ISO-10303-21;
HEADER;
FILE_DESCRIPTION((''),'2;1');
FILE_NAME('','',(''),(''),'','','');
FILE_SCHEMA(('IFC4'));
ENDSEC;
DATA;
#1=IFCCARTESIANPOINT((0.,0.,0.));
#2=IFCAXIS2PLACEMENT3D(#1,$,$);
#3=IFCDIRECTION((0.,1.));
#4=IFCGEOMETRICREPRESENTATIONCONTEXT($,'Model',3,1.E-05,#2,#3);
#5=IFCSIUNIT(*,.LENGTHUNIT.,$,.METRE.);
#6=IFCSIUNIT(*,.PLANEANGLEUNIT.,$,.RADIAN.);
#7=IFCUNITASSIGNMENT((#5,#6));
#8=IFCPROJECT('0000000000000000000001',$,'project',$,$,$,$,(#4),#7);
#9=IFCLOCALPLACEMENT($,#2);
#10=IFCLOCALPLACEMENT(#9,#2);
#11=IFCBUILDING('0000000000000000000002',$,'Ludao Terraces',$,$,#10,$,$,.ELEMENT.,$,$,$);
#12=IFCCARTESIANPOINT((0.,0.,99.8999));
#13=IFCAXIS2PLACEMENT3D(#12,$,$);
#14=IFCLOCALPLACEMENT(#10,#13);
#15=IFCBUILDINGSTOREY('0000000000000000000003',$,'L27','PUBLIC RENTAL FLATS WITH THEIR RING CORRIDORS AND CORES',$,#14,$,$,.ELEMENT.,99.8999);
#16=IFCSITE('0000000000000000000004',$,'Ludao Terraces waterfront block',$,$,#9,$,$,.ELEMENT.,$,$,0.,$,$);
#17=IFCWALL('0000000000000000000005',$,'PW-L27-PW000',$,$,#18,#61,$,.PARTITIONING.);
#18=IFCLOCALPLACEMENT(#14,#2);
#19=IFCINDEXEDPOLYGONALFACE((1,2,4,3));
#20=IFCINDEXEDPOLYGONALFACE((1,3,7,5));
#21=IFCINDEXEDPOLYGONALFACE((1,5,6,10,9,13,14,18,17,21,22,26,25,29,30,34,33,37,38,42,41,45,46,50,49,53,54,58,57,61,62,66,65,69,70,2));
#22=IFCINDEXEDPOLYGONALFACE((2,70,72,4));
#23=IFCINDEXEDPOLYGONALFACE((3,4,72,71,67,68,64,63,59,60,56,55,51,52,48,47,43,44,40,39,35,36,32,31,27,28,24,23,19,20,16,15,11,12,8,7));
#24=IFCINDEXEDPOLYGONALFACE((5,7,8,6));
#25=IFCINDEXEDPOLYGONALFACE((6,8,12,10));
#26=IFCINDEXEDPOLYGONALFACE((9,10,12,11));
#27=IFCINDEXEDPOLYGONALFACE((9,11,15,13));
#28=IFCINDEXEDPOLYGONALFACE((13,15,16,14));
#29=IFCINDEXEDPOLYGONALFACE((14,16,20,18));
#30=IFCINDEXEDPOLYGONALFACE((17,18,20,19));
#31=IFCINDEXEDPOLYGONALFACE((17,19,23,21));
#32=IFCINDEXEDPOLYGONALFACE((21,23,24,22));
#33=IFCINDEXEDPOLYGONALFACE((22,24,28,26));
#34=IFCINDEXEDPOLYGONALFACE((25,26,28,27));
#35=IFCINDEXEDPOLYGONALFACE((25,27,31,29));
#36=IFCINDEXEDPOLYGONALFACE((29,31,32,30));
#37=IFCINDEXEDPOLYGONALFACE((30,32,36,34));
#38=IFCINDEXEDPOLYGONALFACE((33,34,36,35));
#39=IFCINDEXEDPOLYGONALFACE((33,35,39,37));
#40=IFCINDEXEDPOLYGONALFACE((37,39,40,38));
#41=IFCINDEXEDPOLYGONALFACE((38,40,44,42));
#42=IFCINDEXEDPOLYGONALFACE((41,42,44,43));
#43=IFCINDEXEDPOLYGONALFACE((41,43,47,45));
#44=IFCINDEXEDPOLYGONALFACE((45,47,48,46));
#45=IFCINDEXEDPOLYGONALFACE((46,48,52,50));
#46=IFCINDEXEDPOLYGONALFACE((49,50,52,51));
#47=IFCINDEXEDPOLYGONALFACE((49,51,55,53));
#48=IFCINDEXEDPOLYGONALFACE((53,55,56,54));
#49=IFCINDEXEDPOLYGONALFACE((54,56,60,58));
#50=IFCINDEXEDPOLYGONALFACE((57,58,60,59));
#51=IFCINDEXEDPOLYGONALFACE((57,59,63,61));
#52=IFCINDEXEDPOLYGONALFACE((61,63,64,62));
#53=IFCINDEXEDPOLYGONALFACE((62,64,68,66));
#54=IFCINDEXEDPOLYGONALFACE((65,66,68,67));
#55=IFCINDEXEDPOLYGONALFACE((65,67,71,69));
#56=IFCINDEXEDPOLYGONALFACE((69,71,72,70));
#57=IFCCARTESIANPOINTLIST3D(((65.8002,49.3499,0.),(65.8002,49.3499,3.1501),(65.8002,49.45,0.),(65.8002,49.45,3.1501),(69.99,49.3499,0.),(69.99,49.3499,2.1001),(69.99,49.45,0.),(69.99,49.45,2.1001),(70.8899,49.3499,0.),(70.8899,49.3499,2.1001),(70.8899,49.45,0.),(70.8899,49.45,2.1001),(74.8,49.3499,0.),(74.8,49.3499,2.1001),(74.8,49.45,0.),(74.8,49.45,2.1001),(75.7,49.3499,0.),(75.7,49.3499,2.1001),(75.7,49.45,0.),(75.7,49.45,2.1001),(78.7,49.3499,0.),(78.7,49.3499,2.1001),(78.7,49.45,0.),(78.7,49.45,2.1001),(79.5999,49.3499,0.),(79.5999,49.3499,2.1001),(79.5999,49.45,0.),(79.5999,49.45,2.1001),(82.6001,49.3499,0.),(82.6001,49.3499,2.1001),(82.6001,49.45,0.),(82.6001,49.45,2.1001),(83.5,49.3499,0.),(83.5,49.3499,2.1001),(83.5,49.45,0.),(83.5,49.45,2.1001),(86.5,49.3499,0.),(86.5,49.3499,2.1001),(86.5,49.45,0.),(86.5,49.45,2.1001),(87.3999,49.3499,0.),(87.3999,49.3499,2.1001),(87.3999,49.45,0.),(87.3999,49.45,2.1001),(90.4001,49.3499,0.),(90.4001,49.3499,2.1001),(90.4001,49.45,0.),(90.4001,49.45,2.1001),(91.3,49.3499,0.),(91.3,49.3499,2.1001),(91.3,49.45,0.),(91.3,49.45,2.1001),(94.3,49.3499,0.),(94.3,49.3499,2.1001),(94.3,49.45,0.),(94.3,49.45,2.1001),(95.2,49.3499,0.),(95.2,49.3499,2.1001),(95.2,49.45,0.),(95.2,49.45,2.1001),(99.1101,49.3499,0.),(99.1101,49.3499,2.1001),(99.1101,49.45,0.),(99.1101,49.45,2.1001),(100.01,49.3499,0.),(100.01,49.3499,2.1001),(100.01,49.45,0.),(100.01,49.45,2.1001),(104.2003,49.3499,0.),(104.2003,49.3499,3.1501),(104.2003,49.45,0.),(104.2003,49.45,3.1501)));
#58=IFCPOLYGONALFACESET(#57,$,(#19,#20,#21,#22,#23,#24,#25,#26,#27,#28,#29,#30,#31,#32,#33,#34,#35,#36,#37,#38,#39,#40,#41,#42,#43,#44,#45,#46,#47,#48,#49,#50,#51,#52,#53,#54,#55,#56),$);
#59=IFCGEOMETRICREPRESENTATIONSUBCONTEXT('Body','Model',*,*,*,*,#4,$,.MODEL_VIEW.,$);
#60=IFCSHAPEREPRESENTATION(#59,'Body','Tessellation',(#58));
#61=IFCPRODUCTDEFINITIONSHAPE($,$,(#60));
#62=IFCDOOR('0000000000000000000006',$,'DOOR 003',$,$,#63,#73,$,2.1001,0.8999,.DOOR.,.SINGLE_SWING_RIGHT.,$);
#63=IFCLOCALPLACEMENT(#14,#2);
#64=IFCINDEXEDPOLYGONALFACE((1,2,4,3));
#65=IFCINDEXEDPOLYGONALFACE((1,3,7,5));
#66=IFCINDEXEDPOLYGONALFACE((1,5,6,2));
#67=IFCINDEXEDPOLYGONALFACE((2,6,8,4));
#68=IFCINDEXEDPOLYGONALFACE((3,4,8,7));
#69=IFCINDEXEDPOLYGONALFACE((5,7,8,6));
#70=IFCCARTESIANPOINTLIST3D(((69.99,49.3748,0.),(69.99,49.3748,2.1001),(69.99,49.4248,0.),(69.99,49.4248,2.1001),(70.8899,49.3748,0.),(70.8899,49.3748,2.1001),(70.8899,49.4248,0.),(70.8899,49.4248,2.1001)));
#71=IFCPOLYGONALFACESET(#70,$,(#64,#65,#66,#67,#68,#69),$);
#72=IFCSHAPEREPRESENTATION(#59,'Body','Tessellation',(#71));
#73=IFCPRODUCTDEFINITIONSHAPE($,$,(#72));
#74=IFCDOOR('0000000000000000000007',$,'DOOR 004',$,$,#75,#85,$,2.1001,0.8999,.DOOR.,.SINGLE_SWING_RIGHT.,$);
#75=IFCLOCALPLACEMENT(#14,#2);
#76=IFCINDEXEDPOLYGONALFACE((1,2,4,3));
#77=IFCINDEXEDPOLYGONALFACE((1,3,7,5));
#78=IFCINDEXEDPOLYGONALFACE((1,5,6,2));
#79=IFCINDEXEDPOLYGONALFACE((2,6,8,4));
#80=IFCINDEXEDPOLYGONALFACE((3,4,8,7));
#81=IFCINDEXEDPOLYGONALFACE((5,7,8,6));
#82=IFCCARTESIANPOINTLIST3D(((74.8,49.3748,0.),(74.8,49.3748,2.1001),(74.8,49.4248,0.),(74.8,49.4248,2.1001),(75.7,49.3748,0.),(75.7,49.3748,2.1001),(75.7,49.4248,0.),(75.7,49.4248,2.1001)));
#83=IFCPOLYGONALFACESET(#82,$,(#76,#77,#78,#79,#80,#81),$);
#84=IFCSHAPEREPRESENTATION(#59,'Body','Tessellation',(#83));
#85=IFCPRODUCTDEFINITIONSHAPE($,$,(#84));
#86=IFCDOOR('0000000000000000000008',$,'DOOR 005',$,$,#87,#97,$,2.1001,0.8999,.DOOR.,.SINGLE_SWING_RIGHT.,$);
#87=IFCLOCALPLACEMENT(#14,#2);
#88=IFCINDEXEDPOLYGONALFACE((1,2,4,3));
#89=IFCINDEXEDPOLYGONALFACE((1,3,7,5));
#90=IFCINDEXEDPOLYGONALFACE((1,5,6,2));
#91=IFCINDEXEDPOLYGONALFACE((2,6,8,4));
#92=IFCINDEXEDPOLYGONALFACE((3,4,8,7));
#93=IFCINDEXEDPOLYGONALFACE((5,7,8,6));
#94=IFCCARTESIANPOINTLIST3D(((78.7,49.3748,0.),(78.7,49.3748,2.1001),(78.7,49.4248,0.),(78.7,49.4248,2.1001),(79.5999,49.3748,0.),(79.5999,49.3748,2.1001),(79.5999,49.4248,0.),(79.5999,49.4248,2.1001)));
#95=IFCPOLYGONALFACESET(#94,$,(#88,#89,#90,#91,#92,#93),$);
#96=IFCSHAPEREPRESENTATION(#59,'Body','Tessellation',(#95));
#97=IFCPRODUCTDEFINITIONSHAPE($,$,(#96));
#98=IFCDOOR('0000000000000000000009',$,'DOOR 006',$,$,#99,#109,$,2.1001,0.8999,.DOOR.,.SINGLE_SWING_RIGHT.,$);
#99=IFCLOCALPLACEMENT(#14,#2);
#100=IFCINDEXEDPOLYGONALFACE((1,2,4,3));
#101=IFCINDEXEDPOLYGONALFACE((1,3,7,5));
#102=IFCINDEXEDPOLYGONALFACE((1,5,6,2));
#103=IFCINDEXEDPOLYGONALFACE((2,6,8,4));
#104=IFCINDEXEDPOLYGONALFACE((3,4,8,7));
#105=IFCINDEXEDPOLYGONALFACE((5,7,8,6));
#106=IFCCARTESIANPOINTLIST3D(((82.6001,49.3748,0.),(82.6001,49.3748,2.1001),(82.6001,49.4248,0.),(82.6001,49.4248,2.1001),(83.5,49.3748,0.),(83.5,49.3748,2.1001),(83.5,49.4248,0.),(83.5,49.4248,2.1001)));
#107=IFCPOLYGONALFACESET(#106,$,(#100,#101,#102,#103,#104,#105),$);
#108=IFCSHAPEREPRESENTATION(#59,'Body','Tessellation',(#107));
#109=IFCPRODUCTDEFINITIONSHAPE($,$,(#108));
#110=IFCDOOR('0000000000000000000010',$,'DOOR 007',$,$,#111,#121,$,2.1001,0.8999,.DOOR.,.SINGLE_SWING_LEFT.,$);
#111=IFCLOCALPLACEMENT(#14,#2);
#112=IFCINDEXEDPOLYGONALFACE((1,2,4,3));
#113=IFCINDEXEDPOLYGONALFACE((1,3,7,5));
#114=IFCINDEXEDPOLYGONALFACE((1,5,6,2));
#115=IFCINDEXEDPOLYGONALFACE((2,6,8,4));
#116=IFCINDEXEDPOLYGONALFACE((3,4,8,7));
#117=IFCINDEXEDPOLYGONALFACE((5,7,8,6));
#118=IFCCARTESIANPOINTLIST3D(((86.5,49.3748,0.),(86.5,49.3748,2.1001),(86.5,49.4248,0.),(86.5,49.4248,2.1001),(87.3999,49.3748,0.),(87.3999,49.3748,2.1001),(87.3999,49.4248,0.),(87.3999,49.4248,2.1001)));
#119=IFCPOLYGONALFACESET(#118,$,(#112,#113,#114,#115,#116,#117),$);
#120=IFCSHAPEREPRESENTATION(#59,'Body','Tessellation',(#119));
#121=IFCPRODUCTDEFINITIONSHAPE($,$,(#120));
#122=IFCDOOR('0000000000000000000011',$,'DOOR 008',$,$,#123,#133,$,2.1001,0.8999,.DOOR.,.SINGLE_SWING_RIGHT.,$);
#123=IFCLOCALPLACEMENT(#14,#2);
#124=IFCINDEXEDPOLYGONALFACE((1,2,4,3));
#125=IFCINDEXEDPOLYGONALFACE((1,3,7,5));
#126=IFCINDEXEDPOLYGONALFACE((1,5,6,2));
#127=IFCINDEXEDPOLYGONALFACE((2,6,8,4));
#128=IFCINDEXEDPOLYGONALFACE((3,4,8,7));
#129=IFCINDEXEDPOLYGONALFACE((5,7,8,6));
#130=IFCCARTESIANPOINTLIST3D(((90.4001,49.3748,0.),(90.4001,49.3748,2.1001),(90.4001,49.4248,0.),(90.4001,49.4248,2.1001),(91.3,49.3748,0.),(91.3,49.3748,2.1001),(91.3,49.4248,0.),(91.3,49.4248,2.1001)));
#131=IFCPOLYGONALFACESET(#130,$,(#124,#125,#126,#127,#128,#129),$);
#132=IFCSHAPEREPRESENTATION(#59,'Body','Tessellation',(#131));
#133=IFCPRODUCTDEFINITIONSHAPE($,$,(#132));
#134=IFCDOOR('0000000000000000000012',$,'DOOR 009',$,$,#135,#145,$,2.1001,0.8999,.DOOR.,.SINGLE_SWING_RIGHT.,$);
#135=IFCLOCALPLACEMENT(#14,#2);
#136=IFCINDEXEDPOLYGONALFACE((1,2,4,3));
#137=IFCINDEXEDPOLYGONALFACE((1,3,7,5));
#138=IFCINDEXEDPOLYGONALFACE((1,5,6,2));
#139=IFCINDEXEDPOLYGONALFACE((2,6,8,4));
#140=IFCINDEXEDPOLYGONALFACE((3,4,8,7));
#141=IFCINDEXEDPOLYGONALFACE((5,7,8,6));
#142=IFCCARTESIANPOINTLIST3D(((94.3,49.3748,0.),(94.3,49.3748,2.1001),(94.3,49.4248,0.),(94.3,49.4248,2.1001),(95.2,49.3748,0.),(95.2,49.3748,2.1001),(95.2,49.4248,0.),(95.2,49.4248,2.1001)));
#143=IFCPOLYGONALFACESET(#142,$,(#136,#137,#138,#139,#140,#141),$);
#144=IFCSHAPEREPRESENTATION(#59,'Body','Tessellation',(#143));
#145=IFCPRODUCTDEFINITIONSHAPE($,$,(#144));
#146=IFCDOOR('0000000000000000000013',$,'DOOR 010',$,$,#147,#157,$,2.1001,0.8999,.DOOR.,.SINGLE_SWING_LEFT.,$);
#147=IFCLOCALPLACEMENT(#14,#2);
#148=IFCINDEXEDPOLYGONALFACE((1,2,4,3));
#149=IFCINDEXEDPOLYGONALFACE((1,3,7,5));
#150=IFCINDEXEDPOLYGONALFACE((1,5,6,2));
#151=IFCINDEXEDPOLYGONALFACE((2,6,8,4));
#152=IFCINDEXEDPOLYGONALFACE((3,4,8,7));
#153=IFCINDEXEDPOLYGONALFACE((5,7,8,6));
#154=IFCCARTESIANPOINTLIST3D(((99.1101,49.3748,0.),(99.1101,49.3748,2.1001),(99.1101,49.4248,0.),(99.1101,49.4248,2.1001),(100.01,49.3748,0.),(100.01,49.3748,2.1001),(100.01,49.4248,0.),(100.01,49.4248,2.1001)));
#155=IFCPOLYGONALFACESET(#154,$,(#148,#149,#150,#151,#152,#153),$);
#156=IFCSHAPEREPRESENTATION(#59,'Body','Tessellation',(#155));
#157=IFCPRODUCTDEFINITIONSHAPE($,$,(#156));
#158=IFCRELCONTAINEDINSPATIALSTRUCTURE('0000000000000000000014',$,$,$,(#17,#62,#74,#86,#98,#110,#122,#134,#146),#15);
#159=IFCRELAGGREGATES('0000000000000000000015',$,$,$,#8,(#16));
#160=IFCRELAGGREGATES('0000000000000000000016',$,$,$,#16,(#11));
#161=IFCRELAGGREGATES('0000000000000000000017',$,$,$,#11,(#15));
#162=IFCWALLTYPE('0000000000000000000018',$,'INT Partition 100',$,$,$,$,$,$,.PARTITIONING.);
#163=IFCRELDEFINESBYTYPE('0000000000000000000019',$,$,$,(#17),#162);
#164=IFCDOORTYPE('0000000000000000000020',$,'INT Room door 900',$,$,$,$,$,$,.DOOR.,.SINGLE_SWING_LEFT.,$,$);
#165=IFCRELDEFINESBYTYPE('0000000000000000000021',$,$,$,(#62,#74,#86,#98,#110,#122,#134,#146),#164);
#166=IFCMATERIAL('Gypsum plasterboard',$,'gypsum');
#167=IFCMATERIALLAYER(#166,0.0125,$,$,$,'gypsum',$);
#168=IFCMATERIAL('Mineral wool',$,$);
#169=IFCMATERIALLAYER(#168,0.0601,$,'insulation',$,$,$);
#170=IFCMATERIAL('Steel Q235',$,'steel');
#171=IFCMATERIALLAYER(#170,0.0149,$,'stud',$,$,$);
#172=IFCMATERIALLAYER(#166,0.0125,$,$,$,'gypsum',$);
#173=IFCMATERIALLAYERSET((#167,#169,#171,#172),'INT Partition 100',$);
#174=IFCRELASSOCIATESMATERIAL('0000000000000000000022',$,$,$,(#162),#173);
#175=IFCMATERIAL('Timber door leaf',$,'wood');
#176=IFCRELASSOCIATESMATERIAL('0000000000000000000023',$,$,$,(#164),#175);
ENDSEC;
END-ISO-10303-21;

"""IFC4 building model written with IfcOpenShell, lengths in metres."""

from ifc_helpers import new_model, si_unit, direction, frame, frame_2d, origin, place, context, subcontext, project, spatial, rectangle, extrude, material, layer, layer_set, type_object, element, fill, save


model = new_model("IFC4")

# Units and contexts
model_context = context("Model", 3, precision=1e-05, world=origin(), true_north=direction((0.0, 1.0)))
body_context = subcontext(model_context, "Body", "Model", "MODEL_VIEW")
ifc_project = project(units=[si_unit("LENGTHUNIT", "METRE"), si_unit("PLANEANGLEUNIT", "RADIAN")], contexts=[model_context])

# Site, building, storey
site_placement = place(None, origin())
site = spatial("IfcSite", under=ifc_project, at=site_placement, Name="Ludao Terraces waterfront block", CompositionType="ELEMENT", RefElevation=0.0)
building_placement = place(site_placement, origin())
building = spatial("IfcBuilding", under=site, at=building_placement, Name="Ludao Terraces", CompositionType="ELEMENT")
storey_placement = place(building_placement, frame((0.0, 0.0, 99.8999)))
storey = spatial("IfcBuildingStorey", under=building, at=storey_placement, Name="L27", Description="PUBLIC RENTAL FLATS WITH THEIR RING CORRIDORS AND CORES", CompositionType="ELEMENT", Elevation=99.8999)

# Shared definitions
ifc_material_1 = material(Name="Mineral wool")

# Wall, openings, doors
ifc_material_2 = material(Name="Gypsum plasterboard", Category="gypsum")
ifc_layer_1 = layer(ifc_material_2, 0.0125, Category="gypsum")
ifc_layer_2 = layer(ifc_material_1, 0.0601, Name="insulation")
ifc_material_3 = material(Name="Steel Q235", Category="steel")
ifc_layer_3 = layer(ifc_material_3, 0.0149, Name="stud")
ifc_layer_4 = layer(ifc_material_2, 0.0125, Category="gypsum")
ifc_layer_set_1 = layer_set([ifc_layer_1, ifc_layer_2, ifc_layer_3, ifc_layer_4], Name="INT Partition 100")
wall_type_1 = type_object("IfcWallType", Name="INT Partition 100", PredefinedType="PARTITIONING", material=ifc_layer_set_1)
wall_1_placement = place(storey_placement, frame((65.8, 49.3999, 0.0), z_axis=(0.0, 0.0, 1.0), x_axis=(1.0, 0.0, 0.0)))
wall_1 = element("IfcWall", 1, at=wall_1_placement, inside=storey, type_object=wall_type_1, Name="PW-L27-PW000", PredefinedType="PARTITIONING", context=body_context, shape_type="SweptSolid", body=[
    extrude(rectangle(XDim=38.4001, YDim=0.1001, at=frame_2d((19.2002, 0.0))), origin(), (0.0, 0.0, 1.0), 3.1501),
])
opening_1_placement = place(wall_1_placement, frame((4.1899, 0.0, 0.0)))
opening_1 = element("IfcOpeningElement", 2, at=opening_1_placement, cuts=wall_1, PredefinedType="OPENING", context=body_context, shape_type="SweptSolid", body=[
    extrude(rectangle(XDim=0.8999, YDim=2.1001, at=frame_2d((0.45, 1.05))), frame((0.0, 0.0601, 0.0), z_axis=(0.0, -1.0, 0.0), x_axis=(1.0, 0.0, 0.0)), (0.0, 0.0, 1.0), 0.1201),
])
opening_2_placement = place(wall_1_placement, frame((9.0, 0.0, 0.0)))
opening_2 = element("IfcOpeningElement", 3, at=opening_2_placement, cuts=wall_1, PredefinedType="OPENING", context=body_context, shape_type="SweptSolid", body=[
    extrude(rectangle(XDim=0.8999, YDim=2.1001, at=frame_2d((0.45, 1.05))), frame((0.0, 0.0601, 0.0), z_axis=(0.0, -1.0, 0.0), x_axis=(1.0, 0.0, 0.0)), (0.0, 0.0, 1.0), 0.1201),
])
opening_3_placement = place(wall_1_placement, frame((12.8999, 0.0, 0.0)))
opening_3 = element("IfcOpeningElement", 4, at=opening_3_placement, cuts=wall_1, PredefinedType="OPENING", context=body_context, shape_type="SweptSolid", body=[
    extrude(rectangle(XDim=0.8999, YDim=2.1001, at=frame_2d((0.45, 1.05))), frame((0.0, 0.0601, 0.0), z_axis=(0.0, -1.0, 0.0), x_axis=(1.0, 0.0, 0.0)), (0.0, 0.0, 1.0), 0.1201),
])
opening_4_placement = place(wall_1_placement, frame((16.8, 0.0, 0.0)))
opening_4 = element("IfcOpeningElement", 5, at=opening_4_placement, cuts=wall_1, PredefinedType="OPENING", context=body_context, shape_type="SweptSolid", body=[
    extrude(rectangle(XDim=0.8999, YDim=2.1001, at=frame_2d((0.45, 1.05))), frame((0.0, 0.0601, 0.0), z_axis=(0.0, -1.0, 0.0), x_axis=(1.0, 0.0, 0.0)), (0.0, 0.0, 1.0), 0.1201),
])
opening_5_placement = place(wall_1_placement, frame((20.7, 0.0, 0.0)))
opening_5 = element("IfcOpeningElement", 6, at=opening_5_placement, cuts=wall_1, PredefinedType="OPENING", context=body_context, shape_type="SweptSolid", body=[
    extrude(rectangle(XDim=0.8999, YDim=2.1001, at=frame_2d((0.45, 1.05))), frame((0.0, 0.0601, 0.0), z_axis=(0.0, -1.0, 0.0), x_axis=(1.0, 0.0, 0.0)), (0.0, 0.0, 1.0), 0.1201),
])
opening_6_placement = place(wall_1_placement, frame((24.6001, 0.0, 0.0)))
opening_6 = element("IfcOpeningElement", 7, at=opening_6_placement, cuts=wall_1, PredefinedType="OPENING", context=body_context, shape_type="SweptSolid", body=[
    extrude(rectangle(XDim=0.8999, YDim=2.1001, at=frame_2d((0.45, 1.05))), frame((0.0, 0.0601, 0.0), z_axis=(0.0, -1.0, 0.0), x_axis=(1.0, 0.0, 0.0)), (0.0, 0.0, 1.0), 0.1201),
])
opening_7_placement = place(wall_1_placement, frame((28.5, 0.0, 0.0)))
opening_7 = element("IfcOpeningElement", 8, at=opening_7_placement, cuts=wall_1, PredefinedType="OPENING", context=body_context, shape_type="SweptSolid", body=[
    extrude(rectangle(XDim=0.8999, YDim=2.1001, at=frame_2d((0.45, 1.05))), frame((0.0, 0.0601, 0.0), z_axis=(0.0, -1.0, 0.0), x_axis=(1.0, 0.0, 0.0)), (0.0, 0.0, 1.0), 0.1201),
])
opening_8_placement = place(wall_1_placement, frame((33.3101, 0.0, 0.0)))
opening_8 = element("IfcOpeningElement", 9, at=opening_8_placement, cuts=wall_1, PredefinedType="OPENING", context=body_context, shape_type="SweptSolid", body=[
    extrude(rectangle(XDim=0.8999, YDim=2.1001, at=frame_2d((0.45, 1.05))), frame((0.0, 0.0601, 0.0), z_axis=(0.0, -1.0, 0.0), x_axis=(1.0, 0.0, 0.0)), (0.0, 0.0, 1.0), 0.1201),
])
ifc_material_4 = material(Name="Timber door leaf", Category="wood")
door_type_1 = type_object("IfcDoorType", Name="INT Room door 900", OperationType="SINGLE_SWING_LEFT", PredefinedType="DOOR", material=ifc_material_4)
door_1_placement = place(opening_1_placement, origin())
door_1 = element("IfcDoor", 10, at=door_1_placement, inside=storey, type_object=door_type_1, Name="DOOR 003", OperationType="SINGLE_SWING_RIGHT", OverallHeight=2.1001, OverallWidth=0.8999, PredefinedType="DOOR", context=body_context, shape_type="SweptSolid", body=[
    extrude(rectangle(XDim=0.8999, YDim=2.1001, at=frame_2d((0.45, 1.05))), frame((0.0, 0.0249, 0.0), z_axis=(0.0, -1.0, 0.0), x_axis=(1.0, 0.0, 0.0)), (0.0, 0.0, 1.0), 0.05),
])
fill(opening_1, door_1)
door_2_placement = place(opening_2_placement, origin())
door_2 = element("IfcDoor", 11, at=door_2_placement, inside=storey, type_object=door_type_1, Name="DOOR 004", OperationType="SINGLE_SWING_RIGHT", OverallHeight=2.1001, OverallWidth=0.8999, PredefinedType="DOOR", context=body_context, shape_type="SweptSolid", body=[
    extrude(rectangle(XDim=0.8999, YDim=2.1001, at=frame_2d((0.45, 1.05))), frame((0.0, 0.0249, 0.0), z_axis=(0.0, -1.0, 0.0), x_axis=(1.0, 0.0, 0.0)), (0.0, 0.0, 1.0), 0.05),
])
fill(opening_2, door_2)
door_3_placement = place(opening_3_placement, origin())
door_3 = element("IfcDoor", 12, at=door_3_placement, inside=storey, type_object=door_type_1, Name="DOOR 005", OperationType="SINGLE_SWING_RIGHT", OverallHeight=2.1001, OverallWidth=0.8999, PredefinedType="DOOR", context=body_context, shape_type="SweptSolid", body=[
    extrude(rectangle(XDim=0.8999, YDim=2.1001, at=frame_2d((0.45, 1.05))), frame((0.0, 0.0249, 0.0), z_axis=(0.0, -1.0, 0.0), x_axis=(1.0, 0.0, 0.0)), (0.0, 0.0, 1.0), 0.05),
])
fill(opening_3, door_3)
door_4_placement = place(opening_4_placement, origin())
door_4 = element("IfcDoor", 13, at=door_4_placement, inside=storey, type_object=door_type_1, Name="DOOR 006", OperationType="SINGLE_SWING_RIGHT", OverallHeight=2.1001, OverallWidth=0.8999, PredefinedType="DOOR", context=body_context, shape_type="SweptSolid", body=[
    extrude(rectangle(XDim=0.8999, YDim=2.1001, at=frame_2d((0.45, 1.05))), frame((0.0, 0.0249, 0.0), z_axis=(0.0, -1.0, 0.0), x_axis=(1.0, 0.0, 0.0)), (0.0, 0.0, 1.0), 0.05),
])
fill(opening_4, door_4)
door_5_placement = place(opening_5_placement, origin())
door_5 = element("IfcDoor", 14, at=door_5_placement, inside=storey, type_object=door_type_1, Name="DOOR 007", OperationType="SINGLE_SWING_LEFT", OverallHeight=2.1001, OverallWidth=0.8999, PredefinedType="DOOR", context=body_context, shape_type="SweptSolid", body=[
    extrude(rectangle(XDim=0.8999, YDim=2.1001, at=frame_2d((0.45, 1.05))), frame((0.0, 0.0249, 0.0), z_axis=(0.0, -1.0, 0.0), x_axis=(1.0, 0.0, 0.0)), (0.0, 0.0, 1.0), 0.05),
])
fill(opening_5, door_5)
door_6_placement = place(opening_6_placement, origin())
door_6 = element("IfcDoor", 15, at=door_6_placement, inside=storey, type_object=door_type_1, Name="DOOR 008", OperationType="SINGLE_SWING_RIGHT", OverallHeight=2.1001, OverallWidth=0.8999, PredefinedType="DOOR", context=body_context, shape_type="SweptSolid", body=[
    extrude(rectangle(XDim=0.8999, YDim=2.1001, at=frame_2d((0.45, 1.05))), frame((0.0, 0.0249, 0.0), z_axis=(0.0, -1.0, 0.0), x_axis=(1.0, 0.0, 0.0)), (0.0, 0.0, 1.0), 0.05),
])
fill(opening_6, door_6)
door_7_placement = place(opening_7_placement, origin())
door_7 = element("IfcDoor", 16, at=door_7_placement, inside=storey, type_object=door_type_1, Name="DOOR 009", OperationType="SINGLE_SWING_RIGHT", OverallHeight=2.1001, OverallWidth=0.8999, PredefinedType="DOOR", context=body_context, shape_type="SweptSolid", body=[
    extrude(rectangle(XDim=0.8999, YDim=2.1001, at=frame_2d((0.45, 1.05))), frame((0.0, 0.0249, 0.0), z_axis=(0.0, -1.0, 0.0), x_axis=(1.0, 0.0, 0.0)), (0.0, 0.0, 1.0), 0.05),
])
fill(opening_7, door_7)
door_8_placement = place(opening_8_placement, origin())
door_8 = element("IfcDoor", 17, at=door_8_placement, inside=storey, type_object=door_type_1, Name="DOOR 010", OperationType="SINGLE_SWING_LEFT", OverallHeight=2.1001, OverallWidth=0.8999, PredefinedType="DOOR", context=body_context, shape_type="SweptSolid", body=[
    extrude(rectangle(XDim=0.8999, YDim=2.1001, at=frame_2d((0.45, 1.05))), frame((0.0, 0.0249, 0.0), z_axis=(0.0, -1.0, 0.0), x_axis=(1.0, 0.0, 0.0)), (0.0, 0.0, 1.0), 0.05),
])
fill(opening_8, door_8)

save(model, "model.ifc")
